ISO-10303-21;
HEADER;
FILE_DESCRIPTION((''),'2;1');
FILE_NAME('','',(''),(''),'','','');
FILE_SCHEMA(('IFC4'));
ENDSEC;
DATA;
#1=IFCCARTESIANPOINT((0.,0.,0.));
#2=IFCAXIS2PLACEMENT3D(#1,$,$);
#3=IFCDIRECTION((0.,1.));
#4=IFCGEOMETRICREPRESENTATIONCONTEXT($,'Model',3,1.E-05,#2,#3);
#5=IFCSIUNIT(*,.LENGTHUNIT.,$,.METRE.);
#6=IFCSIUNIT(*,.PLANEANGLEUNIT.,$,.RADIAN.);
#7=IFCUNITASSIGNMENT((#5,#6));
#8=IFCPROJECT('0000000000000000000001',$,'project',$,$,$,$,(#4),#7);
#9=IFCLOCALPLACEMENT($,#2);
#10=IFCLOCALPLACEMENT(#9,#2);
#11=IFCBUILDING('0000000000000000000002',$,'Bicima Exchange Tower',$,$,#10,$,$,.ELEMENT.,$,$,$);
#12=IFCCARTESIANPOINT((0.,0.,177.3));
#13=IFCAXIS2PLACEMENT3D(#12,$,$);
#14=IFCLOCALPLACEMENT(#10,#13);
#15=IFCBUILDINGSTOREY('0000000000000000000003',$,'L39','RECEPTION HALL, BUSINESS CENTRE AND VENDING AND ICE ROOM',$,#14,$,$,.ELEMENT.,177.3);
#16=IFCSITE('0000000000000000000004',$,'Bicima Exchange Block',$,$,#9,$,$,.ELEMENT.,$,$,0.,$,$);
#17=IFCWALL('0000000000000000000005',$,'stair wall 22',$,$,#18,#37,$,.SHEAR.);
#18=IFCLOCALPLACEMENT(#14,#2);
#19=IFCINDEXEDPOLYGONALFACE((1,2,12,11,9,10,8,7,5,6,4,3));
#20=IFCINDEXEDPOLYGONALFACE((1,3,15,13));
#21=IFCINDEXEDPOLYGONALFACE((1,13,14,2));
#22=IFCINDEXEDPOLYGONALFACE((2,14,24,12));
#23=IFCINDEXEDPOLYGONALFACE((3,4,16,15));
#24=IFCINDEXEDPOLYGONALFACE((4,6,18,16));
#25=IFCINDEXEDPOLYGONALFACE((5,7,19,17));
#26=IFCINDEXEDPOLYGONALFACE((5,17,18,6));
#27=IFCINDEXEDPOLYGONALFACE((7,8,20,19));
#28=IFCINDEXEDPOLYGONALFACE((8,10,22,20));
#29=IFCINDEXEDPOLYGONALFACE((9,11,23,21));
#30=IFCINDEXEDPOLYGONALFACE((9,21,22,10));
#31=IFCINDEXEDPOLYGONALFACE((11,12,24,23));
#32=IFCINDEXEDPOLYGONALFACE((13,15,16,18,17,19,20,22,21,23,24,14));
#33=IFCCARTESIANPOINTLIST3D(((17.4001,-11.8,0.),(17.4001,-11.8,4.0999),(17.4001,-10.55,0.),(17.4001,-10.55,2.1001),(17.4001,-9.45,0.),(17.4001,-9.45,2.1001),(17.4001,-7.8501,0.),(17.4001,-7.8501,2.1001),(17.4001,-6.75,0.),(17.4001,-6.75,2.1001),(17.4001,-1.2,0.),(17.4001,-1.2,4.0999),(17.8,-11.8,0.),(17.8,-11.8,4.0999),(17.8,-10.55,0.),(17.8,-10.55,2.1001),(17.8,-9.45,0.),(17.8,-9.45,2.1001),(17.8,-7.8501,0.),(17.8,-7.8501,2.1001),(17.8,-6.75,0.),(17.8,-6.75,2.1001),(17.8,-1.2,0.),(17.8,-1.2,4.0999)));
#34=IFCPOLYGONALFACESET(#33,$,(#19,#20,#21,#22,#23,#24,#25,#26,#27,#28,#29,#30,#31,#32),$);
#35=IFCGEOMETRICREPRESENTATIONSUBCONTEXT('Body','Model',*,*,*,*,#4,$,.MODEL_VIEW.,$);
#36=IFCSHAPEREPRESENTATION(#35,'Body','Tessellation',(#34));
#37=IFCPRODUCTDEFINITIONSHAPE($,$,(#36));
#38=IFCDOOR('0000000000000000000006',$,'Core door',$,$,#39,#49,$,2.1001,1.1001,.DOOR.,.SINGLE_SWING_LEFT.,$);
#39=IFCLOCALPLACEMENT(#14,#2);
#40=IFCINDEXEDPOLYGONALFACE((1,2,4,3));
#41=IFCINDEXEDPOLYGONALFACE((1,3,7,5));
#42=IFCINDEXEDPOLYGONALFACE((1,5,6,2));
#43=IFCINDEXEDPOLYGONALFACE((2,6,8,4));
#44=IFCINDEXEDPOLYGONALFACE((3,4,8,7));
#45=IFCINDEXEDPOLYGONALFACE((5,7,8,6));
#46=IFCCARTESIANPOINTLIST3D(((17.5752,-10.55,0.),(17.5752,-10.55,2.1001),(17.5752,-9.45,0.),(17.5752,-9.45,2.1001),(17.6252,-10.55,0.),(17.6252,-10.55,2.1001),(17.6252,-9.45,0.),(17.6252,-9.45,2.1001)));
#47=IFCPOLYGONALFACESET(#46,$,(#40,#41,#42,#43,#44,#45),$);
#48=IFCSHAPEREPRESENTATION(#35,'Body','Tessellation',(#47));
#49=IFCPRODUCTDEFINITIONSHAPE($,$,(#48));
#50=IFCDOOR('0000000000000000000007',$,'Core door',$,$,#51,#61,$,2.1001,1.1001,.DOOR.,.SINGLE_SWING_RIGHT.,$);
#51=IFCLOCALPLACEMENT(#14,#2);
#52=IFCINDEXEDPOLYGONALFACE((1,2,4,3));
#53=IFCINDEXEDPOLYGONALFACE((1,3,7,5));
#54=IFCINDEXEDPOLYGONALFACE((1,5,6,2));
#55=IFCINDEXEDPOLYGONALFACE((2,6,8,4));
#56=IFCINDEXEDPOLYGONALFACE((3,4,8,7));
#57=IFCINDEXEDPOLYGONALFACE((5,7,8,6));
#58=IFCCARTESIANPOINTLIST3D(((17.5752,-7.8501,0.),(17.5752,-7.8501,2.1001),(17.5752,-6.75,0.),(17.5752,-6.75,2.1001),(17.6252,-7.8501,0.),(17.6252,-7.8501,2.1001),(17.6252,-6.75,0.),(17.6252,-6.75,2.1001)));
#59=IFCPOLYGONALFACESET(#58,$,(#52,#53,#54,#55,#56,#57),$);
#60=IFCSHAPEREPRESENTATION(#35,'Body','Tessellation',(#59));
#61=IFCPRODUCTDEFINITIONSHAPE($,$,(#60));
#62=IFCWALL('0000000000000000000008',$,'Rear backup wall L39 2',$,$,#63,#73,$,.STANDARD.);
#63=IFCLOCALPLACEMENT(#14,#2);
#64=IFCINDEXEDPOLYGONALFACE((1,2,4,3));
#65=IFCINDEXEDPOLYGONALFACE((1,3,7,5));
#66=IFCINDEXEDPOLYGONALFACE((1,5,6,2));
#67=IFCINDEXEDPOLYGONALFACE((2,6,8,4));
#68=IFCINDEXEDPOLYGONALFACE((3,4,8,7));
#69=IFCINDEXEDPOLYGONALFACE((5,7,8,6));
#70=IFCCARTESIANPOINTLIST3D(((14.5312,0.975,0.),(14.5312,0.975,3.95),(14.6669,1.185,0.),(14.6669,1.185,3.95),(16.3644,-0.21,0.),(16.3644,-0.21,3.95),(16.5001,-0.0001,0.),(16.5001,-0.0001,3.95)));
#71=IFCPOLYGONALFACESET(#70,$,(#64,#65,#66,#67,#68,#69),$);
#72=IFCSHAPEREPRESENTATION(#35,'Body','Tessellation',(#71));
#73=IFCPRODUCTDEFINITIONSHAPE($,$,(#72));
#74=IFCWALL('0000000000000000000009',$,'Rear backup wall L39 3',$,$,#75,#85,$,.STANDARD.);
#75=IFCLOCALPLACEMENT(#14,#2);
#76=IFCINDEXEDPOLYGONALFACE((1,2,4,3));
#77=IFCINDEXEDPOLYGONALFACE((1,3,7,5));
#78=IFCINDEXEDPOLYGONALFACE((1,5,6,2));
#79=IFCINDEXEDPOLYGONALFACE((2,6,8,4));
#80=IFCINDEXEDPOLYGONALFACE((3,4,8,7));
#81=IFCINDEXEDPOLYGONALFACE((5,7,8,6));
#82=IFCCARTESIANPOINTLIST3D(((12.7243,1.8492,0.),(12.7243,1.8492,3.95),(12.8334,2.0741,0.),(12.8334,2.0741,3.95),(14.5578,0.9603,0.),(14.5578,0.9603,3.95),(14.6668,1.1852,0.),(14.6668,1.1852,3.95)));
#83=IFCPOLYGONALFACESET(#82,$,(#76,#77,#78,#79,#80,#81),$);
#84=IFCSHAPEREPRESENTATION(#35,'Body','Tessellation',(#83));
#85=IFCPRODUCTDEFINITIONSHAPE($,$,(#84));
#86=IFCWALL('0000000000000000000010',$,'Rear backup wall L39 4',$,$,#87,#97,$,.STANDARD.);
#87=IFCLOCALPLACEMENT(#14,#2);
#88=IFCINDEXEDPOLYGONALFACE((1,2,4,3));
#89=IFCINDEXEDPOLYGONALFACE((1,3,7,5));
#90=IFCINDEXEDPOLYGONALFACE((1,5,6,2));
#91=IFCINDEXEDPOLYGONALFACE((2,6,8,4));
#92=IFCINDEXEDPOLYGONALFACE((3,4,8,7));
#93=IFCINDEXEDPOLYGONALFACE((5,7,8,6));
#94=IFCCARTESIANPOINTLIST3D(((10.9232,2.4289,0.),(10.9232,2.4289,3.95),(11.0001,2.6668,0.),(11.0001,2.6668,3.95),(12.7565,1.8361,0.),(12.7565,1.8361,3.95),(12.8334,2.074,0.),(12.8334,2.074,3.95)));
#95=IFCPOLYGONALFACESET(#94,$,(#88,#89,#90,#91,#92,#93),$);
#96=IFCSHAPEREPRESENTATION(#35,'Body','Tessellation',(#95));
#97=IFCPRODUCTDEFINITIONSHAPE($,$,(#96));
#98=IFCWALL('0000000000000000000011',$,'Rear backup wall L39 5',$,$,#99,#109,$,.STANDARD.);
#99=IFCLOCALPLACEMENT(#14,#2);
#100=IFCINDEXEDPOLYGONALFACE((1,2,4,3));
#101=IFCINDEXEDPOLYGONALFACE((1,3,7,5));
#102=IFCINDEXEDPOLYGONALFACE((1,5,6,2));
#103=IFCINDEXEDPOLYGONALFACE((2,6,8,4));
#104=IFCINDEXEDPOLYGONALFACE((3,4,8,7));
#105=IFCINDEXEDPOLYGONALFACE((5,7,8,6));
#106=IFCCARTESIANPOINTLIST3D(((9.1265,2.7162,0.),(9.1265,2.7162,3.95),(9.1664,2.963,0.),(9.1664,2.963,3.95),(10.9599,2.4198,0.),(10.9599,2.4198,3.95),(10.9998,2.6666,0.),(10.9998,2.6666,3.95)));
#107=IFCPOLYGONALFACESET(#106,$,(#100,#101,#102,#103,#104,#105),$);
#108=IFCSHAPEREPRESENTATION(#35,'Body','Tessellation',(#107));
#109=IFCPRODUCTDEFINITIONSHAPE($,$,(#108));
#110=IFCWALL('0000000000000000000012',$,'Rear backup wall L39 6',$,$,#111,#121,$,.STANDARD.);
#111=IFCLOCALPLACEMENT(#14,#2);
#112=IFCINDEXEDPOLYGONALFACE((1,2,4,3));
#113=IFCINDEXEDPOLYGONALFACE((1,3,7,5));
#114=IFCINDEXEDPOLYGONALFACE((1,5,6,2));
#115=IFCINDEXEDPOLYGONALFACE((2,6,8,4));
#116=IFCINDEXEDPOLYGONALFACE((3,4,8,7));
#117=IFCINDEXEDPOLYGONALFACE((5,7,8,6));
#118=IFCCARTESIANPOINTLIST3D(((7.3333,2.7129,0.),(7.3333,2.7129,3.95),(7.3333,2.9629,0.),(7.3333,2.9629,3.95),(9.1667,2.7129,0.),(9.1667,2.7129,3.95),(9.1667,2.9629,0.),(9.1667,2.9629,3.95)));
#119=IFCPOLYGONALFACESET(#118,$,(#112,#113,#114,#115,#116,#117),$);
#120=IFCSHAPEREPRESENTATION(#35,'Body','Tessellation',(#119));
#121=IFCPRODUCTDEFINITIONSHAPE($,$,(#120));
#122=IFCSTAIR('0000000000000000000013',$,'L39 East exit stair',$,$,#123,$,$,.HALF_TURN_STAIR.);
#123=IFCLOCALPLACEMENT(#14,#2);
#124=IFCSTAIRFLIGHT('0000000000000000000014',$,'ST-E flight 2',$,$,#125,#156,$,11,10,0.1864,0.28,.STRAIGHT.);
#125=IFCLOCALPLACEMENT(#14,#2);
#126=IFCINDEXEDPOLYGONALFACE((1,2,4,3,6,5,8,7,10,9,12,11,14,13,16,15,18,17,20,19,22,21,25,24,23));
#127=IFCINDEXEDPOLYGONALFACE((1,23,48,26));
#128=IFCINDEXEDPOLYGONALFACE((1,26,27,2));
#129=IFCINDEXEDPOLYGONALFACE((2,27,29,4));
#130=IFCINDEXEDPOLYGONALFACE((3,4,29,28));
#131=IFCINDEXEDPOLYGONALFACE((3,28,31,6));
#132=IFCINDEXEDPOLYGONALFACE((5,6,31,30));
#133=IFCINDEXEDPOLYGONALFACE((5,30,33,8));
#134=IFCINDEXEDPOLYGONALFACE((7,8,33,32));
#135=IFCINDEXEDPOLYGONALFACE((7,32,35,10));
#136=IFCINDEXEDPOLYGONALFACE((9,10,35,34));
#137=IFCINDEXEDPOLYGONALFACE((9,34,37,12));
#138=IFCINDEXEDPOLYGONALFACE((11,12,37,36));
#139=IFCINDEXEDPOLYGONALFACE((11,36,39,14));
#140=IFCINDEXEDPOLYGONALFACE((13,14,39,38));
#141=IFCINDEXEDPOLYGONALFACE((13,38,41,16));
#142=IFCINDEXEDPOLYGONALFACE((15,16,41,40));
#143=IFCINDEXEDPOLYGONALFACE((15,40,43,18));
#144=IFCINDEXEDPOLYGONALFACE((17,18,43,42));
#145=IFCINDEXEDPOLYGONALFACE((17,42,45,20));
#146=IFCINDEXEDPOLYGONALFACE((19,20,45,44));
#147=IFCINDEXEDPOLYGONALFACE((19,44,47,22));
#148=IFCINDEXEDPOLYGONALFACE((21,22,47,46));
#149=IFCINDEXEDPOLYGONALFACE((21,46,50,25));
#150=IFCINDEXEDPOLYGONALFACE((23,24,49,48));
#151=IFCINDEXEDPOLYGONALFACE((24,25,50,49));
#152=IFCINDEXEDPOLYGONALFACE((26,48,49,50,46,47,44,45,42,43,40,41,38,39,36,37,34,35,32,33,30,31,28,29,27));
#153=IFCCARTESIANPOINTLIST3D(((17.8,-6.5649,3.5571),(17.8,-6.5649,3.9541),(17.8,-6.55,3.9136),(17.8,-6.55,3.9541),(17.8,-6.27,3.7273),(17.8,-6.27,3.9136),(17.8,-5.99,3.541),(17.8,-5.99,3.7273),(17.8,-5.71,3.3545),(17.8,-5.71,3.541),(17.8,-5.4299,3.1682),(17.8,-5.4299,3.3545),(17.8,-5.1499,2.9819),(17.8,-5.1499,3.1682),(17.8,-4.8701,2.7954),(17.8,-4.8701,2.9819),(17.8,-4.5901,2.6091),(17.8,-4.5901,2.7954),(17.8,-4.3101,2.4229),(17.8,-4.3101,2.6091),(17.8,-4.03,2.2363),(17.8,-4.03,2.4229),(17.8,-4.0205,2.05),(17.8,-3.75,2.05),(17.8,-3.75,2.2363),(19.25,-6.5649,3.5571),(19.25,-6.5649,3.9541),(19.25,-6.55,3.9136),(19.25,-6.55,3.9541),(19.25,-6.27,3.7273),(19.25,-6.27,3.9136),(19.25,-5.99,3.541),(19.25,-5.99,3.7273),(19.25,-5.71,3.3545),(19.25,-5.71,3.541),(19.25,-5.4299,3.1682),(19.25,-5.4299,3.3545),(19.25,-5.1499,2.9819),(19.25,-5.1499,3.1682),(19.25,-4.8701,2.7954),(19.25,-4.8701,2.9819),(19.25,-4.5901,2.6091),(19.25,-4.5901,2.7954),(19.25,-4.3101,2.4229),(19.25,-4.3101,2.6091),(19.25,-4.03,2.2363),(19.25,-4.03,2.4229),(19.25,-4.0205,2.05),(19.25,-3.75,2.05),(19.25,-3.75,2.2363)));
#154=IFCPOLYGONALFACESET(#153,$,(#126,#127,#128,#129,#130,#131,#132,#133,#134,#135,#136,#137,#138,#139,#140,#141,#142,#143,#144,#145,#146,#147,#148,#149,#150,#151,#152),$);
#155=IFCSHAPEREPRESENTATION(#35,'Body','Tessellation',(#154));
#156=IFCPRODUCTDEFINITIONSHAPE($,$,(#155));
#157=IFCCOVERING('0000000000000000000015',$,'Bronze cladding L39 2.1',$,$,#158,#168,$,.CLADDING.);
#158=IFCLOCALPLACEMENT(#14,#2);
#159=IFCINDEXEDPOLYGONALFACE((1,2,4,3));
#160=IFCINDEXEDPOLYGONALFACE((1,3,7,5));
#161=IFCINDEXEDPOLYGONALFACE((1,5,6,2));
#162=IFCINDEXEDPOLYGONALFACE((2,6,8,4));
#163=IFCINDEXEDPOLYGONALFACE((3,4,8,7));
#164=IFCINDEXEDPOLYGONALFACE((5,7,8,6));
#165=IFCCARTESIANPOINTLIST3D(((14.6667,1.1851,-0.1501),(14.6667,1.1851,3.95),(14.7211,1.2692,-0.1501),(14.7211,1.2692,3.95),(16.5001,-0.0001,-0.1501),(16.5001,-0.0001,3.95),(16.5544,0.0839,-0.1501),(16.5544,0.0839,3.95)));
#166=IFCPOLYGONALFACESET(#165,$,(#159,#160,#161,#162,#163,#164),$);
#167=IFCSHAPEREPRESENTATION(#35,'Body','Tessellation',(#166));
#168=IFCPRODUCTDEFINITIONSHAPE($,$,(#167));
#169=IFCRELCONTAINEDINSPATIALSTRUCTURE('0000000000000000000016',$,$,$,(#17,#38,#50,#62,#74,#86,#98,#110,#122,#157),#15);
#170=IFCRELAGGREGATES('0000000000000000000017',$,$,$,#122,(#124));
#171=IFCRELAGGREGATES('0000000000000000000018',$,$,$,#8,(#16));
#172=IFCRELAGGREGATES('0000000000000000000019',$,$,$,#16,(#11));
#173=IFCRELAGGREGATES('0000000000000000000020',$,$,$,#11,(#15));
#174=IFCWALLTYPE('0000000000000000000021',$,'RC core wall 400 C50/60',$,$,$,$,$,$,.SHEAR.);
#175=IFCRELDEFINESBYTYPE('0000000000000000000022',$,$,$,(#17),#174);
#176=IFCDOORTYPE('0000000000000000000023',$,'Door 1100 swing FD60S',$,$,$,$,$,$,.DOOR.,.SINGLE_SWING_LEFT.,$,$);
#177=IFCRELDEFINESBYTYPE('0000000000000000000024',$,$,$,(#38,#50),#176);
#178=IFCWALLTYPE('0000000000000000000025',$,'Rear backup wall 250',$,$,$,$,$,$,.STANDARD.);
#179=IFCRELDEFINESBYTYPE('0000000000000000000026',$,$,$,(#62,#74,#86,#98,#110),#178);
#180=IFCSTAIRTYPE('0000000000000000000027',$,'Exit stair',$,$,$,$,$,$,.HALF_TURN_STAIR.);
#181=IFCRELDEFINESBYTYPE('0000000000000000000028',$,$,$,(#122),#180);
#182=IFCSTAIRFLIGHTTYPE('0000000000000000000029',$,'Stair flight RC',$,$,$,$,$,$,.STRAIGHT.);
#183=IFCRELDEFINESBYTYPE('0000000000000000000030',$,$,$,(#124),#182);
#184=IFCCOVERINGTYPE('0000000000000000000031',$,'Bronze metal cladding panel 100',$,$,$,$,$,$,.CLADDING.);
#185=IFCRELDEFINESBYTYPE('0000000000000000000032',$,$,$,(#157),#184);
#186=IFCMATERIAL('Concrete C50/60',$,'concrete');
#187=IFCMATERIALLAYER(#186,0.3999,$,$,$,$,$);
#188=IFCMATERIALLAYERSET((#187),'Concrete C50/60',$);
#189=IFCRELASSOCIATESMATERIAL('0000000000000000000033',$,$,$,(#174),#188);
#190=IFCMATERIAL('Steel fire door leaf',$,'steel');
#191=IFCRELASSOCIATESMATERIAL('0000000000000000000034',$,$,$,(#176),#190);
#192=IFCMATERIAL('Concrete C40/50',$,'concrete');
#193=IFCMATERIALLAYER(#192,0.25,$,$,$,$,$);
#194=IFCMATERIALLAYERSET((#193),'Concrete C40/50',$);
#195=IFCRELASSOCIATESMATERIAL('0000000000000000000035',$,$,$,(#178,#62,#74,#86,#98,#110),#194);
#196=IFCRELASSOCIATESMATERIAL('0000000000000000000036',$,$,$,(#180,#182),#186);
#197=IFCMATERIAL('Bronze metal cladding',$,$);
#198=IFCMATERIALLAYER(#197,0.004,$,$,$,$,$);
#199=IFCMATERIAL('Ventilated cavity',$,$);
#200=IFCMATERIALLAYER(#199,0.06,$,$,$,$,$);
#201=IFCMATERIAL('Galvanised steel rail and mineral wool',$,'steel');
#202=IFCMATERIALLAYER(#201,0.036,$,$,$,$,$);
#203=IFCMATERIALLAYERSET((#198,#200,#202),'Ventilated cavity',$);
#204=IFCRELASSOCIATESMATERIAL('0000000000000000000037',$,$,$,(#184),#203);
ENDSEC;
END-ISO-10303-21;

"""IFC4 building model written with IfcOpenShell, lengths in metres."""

from ifc_helpers import new_model, si_unit, direction, frame, frame_2d, origin, origin_2d, place, context, subcontext, project, spatial, polyline, rectangle, outline, extrude, material, layer, layer_set, layer_usage, type_object, element, fill, aggregate, save


model = new_model("IFC4")

# Units and contexts
model_context = context("Model", 3, precision=1e-05, world=origin(), true_north=direction((0.0, 1.0)))
body_context = subcontext(model_context, "Body", "Model", "MODEL_VIEW")
ifc_project = project(units=[si_unit("LENGTHUNIT", "METRE"), si_unit("PLANEANGLEUNIT", "RADIAN")], contexts=[model_context])

# Site, building, storey
site_placement = place(None, origin())
site = spatial("IfcSite", under=ifc_project, at=site_placement, Name="Bicima Exchange Block", CompositionType="ELEMENT", RefElevation=0.0)
building_placement = place(site_placement, origin())
building = spatial("IfcBuilding", under=site, at=building_placement, Name="Bicima Exchange Tower", CompositionType="ELEMENT")
storey_placement = place(building_placement, frame((0.0, 0.0, 177.3)))
storey = spatial("IfcBuildingStorey", under=building, at=storey_placement, Name="L39", Description="RECEPTION HALL, BUSINESS CENTRE AND VENDING AND ICE ROOM", CompositionType="ELEMENT", Elevation=177.3)

# Shared definitions
ifc_material_1 = material(Name="Concrete C50/60", Category="concrete")
ifc_layer_1 = layer(ifc_material_1, 0.3999)
ifc_layer_set_1 = layer_set([ifc_layer_1], Name="Concrete C50/60")
wall_type_1 = type_object("IfcWallType", Name="RC core wall 400 C50/60", PredefinedType="SHEAR", material=ifc_layer_set_1)
ifc_material_2 = material(Name="Steel fire door leaf", Category="steel")

# Wall, openings, doors
door_type_1 = type_object("IfcDoorType", Name="Door 1100 swing FD60S", OperationType="SINGLE_SWING_LEFT", PredefinedType="DOOR", material=ifc_material_2)
wall_1_placement = place(storey_placement, frame((17.6001, -11.8, 0.0), z_axis=(0.0, 0.0, 1.0), x_axis=(0.0, 1.0, 0.0)))
wall_1 = element("IfcWall", 1, at=wall_1_placement, inside=storey, type_object=wall_type_1, Name="stair wall 22", PredefinedType="SHEAR", context=body_context, shape_type="SweptSolid", body=[
    extrude(rectangle(XDim=10.6001, YDim=0.3999, at=frame_2d((5.3, 0.0))), origin(), (0.0, 0.0, 1.0), 4.0999),
])
opening_1_placement = place(wall_1_placement, frame((1.25, 0.0, 0.0)))
opening_1 = element("IfcOpeningElement", 2, at=opening_1_placement, cuts=wall_1, PredefinedType="OPENING", context=body_context, shape_type="SweptSolid", body=[
    extrude(rectangle(XDim=1.1001, YDim=2.1001, at=frame_2d((0.55, 1.05))), frame((0.0, 0.2119, 0.0), z_axis=(0.0, -1.0, 0.0), x_axis=(1.0, 0.0, 0.0)), (0.0, 0.0, 1.0), 0.4238),
])
opening_2_placement = place(wall_1_placement, frame((3.95, 0.0, 0.0)))
opening_2 = element("IfcOpeningElement", 3, at=opening_2_placement, cuts=wall_1, PredefinedType="OPENING", context=body_context, shape_type="SweptSolid", body=[
    extrude(rectangle(XDim=1.1001, YDim=2.1001, at=frame_2d((0.55, 1.05))), frame((0.0, 0.2119, 0.0), z_axis=(0.0, -1.0, 0.0), x_axis=(1.0, 0.0, 0.0)), (0.0, 0.0, 1.0), 0.4238),
])
door_1_placement = place(opening_1_placement, origin())
door_1 = element("IfcDoor", 4, at=door_1_placement, inside=storey, type_object=door_type_1, Name="Core door", OperationType="SINGLE_SWING_LEFT", OverallHeight=2.1001, OverallWidth=1.1001, PredefinedType="DOOR", context=body_context, shape_type="SweptSolid", body=[
    extrude(rectangle(XDim=1.1001, YDim=2.1001, at=frame_2d((0.55, 1.05))), frame((0.0, 0.0249, 0.0), z_axis=(0.0, -1.0, 0.0), x_axis=(1.0, 0.0, 0.0)), (0.0, 0.0, 1.0), 0.05),
])
fill(opening_1, door_1)
door_2_placement = place(opening_2_placement, origin())
door_2 = element("IfcDoor", 5, at=door_2_placement, inside=storey, type_object=door_type_1, Name="Core door", OperationType="SINGLE_SWING_RIGHT", OverallHeight=2.1001, OverallWidth=1.1001, PredefinedType="DOOR", context=body_context, shape_type="SweptSolid", body=[
    extrude(rectangle(XDim=1.1001, YDim=2.1001, at=frame_2d((0.55, 1.05))), frame((0.0, 0.0249, 0.0), z_axis=(0.0, -1.0, 0.0), x_axis=(1.0, 0.0, 0.0)), (0.0, 0.0, 1.0), 0.05),
])
fill(opening_2, door_2)

# Walls
ifc_material_3 = material(Name="Concrete C40/50", Category="concrete")
ifc_layer_2 = layer(ifc_material_3, 0.25)
ifc_layer_set_2 = layer_set([ifc_layer_2], Name="Concrete C40/50")
ifc_layer_usage = layer_usage(ifc_layer_set_2, "AXIS2", "POSITIVE", -0.125)
wall_type_2 = type_object("IfcWallType", Name="Rear backup wall 250", PredefinedType="STANDARD", material=ifc_layer_set_2)
wall_2_placement = place(storey_placement, frame((16.4321, -0.105, 0.0), z_axis=(0.0, 0.0, 1.0), x_axis=(-0.839813, 0.542876, 0.0)))
element("IfcWall", 6, at=wall_2_placement, inside=storey, type_object=wall_type_2, material=ifc_layer_usage, Name="Rear backup wall L39 2", PredefinedType="STANDARD", context=body_context, shape_type="SweptSolid", body=[
    extrude(rectangle(XDim=2.1829, YDim=0.25, at=frame_2d((1.0913, 0.0))), origin(), (0.0, 0.0, 1.0), 3.95),
])
wall_3_placement = place(storey_placement, frame((14.6123, 1.0728, 0.0), z_axis=(0.0, 0.0, 1.0), x_axis=(-0.899824, 0.436253, 0.0)))
element("IfcWall", 7, at=wall_3_placement, inside=storey, type_object=wall_type_2, material=ifc_layer_usage, Name="Rear backup wall L39 3", PredefinedType="STANDARD", context=body_context, shape_type="SweptSolid", body=[
    extrude(rectangle(XDim=2.0376, YDim=0.25, at=frame_2d((1.0188, 0.0))), origin(), (0.0, 0.0, 1.0), 3.95),
])
wall_4_placement = place(storey_placement, frame((12.7949, 1.9551, 0.0), z_axis=(0.0, 0.0, 1.0), x_axis=(-0.951496, 0.307662, 0.0)))
element("IfcWall", 8, at=wall_4_placement, inside=storey, type_object=wall_type_2, material=ifc_layer_usage, Name="Rear backup wall L39 4", PredefinedType="STANDARD", context=body_context, shape_type="SweptSolid", body=[
    extrude(rectangle(XDim=1.9268, YDim=0.25, at=frame_2d((0.9634, 0.0))), origin(), (0.0, 0.0, 1.0), 3.95),
])
wall_5_placement = place(storey_placement, frame((10.98, 2.5432, 0.0), z_axis=(0.0, 0.0, 1.0), x_axis=(-0.987182, 0.1596, 0.0)))
element("IfcWall", 9, at=wall_5_placement, inside=storey, type_object=wall_type_2, material=ifc_layer_usage, Name="Rear backup wall L39 5", PredefinedType="STANDARD", context=body_context, shape_type="SweptSolid", body=[
    extrude(rectangle(XDim=1.8572, YDim=0.25, at=frame_2d((0.9287, 0.0))), origin(), (0.0, 0.0, 1.0), 3.95),
])
wall_6_placement = place(storey_placement, frame((9.1667, 2.8379, 0.0), z_axis=(0.0, 0.0, 1.0), x_axis=(-1.0, 0.0, 0.0)))
element("IfcWall", 10, at=wall_6_placement, inside=storey, type_object=wall_type_2, material=ifc_layer_usage, Name="Rear backup wall L39 6", PredefinedType="STANDARD", context=body_context, shape_type="SweptSolid", body=[
    extrude(rectangle(XDim=1.8335, YDim=0.25, at=frame_2d((0.9167, 0.0))), origin(), (0.0, 0.0, 1.0), 3.95),
])

# Stair, stair flight
stair_type = type_object("IfcStairType", Name="Exit stair", PredefinedType="HALF_TURN_STAIR", material=ifc_material_1)
stair_placement = place(storey_placement, origin())
stair = element("IfcStair", 11, at=stair_placement, inside=storey, type_object=stair_type, Name="L39 East exit stair", PredefinedType="HALF_TURN_STAIR")
stair_flight_type = type_object("IfcStairFlightType", Name="Stair flight RC", PredefinedType="STRAIGHT", material=ifc_material_1)
stair_flight_placement = place(storey_placement, frame((18.5249, -3.75, 2.05), z_axis=(0.0, 0.0, 1.0), x_axis=(0.0, -1.0, 0.0)))
stair_flight = element("IfcStairFlight", 12, at=stair_flight_placement, type_object=stair_flight_type, Name="ST-E flight 2", NumberOfRisers=11, NumberOfTreads=10, PredefinedType="STRAIGHT", RiserHeight=0.1864, TreadLength=0.28, context=body_context, shape_type="SweptSolid", body=[
    extrude(outline(polyline([(0.0, 0.0), (0.0, 0.1863), (0.28, 0.1863), (0.28, 0.3728), (0.5601, 0.3728), (0.5601, 0.5591), (0.8401, 0.5591), (0.8401, 0.7454), (1.1201, 0.7454), (1.1201, 0.9319), (1.3999, 0.9319), (1.3999, 1.1182), (1.6799, 1.1182), (1.6799, 1.3044), (1.96, 1.3044), (1.96, 1.491), (2.24, 1.491), (2.24, 1.6772), (2.52, 1.6772), (2.52, 1.8635), (2.8, 1.8635), (2.8, 1.9041), (2.8149, 1.9041), (2.8149, 1.5071), (0.2705, 0.0), (0.0, 0.0)])), frame((0.0, 0.7251, 0.0), z_axis=(0.0, -1.0, 0.0), x_axis=(1.0, 0.0, 0.0)), (0.0, 0.0, 1.0), 1.45),
])
aggregate(stair, [stair_flight])

# Covering
ifc_material_4 = material(Name="Bronze metal cladding")
ifc_layer_3 = layer(ifc_material_4, 0.004)
ifc_material_5 = material(Name="Ventilated cavity")
ifc_layer_4 = layer(ifc_material_5, 0.06)
ifc_material_6 = material(Name="Galvanised steel rail and mineral wool", Category="steel")
ifc_layer_5 = layer(ifc_material_6, 0.036)
ifc_layer_set_3 = layer_set([ifc_layer_3, ifc_layer_4, ifc_layer_5], Name="Ventilated cavity")
covering_type = type_object("IfcCoveringType", Name="Bronze metal cladding panel 100", PredefinedType="CLADDING", material=ifc_layer_set_3)
covering_1_placement = place(storey_placement, frame((15.6106, 0.6345, -0.1501), z_axis=(0.0, 0.0, 1.0), x_axis=(-0.83979, 0.542911, 0.0)))
element("IfcCovering", 13, at=covering_1_placement, inside=storey, type_object=covering_type, Name="Bronze cladding L39 2.1", PredefinedType="CLADDING", context=body_context, shape_type="SweptSolid", body=[
    extrude(rectangle(XDim=2.1831, YDim=0.1001, at=origin_2d()), origin(), (0.0, 0.0, 1.0), 4.1001),
])

save(model, "model.ifc")
